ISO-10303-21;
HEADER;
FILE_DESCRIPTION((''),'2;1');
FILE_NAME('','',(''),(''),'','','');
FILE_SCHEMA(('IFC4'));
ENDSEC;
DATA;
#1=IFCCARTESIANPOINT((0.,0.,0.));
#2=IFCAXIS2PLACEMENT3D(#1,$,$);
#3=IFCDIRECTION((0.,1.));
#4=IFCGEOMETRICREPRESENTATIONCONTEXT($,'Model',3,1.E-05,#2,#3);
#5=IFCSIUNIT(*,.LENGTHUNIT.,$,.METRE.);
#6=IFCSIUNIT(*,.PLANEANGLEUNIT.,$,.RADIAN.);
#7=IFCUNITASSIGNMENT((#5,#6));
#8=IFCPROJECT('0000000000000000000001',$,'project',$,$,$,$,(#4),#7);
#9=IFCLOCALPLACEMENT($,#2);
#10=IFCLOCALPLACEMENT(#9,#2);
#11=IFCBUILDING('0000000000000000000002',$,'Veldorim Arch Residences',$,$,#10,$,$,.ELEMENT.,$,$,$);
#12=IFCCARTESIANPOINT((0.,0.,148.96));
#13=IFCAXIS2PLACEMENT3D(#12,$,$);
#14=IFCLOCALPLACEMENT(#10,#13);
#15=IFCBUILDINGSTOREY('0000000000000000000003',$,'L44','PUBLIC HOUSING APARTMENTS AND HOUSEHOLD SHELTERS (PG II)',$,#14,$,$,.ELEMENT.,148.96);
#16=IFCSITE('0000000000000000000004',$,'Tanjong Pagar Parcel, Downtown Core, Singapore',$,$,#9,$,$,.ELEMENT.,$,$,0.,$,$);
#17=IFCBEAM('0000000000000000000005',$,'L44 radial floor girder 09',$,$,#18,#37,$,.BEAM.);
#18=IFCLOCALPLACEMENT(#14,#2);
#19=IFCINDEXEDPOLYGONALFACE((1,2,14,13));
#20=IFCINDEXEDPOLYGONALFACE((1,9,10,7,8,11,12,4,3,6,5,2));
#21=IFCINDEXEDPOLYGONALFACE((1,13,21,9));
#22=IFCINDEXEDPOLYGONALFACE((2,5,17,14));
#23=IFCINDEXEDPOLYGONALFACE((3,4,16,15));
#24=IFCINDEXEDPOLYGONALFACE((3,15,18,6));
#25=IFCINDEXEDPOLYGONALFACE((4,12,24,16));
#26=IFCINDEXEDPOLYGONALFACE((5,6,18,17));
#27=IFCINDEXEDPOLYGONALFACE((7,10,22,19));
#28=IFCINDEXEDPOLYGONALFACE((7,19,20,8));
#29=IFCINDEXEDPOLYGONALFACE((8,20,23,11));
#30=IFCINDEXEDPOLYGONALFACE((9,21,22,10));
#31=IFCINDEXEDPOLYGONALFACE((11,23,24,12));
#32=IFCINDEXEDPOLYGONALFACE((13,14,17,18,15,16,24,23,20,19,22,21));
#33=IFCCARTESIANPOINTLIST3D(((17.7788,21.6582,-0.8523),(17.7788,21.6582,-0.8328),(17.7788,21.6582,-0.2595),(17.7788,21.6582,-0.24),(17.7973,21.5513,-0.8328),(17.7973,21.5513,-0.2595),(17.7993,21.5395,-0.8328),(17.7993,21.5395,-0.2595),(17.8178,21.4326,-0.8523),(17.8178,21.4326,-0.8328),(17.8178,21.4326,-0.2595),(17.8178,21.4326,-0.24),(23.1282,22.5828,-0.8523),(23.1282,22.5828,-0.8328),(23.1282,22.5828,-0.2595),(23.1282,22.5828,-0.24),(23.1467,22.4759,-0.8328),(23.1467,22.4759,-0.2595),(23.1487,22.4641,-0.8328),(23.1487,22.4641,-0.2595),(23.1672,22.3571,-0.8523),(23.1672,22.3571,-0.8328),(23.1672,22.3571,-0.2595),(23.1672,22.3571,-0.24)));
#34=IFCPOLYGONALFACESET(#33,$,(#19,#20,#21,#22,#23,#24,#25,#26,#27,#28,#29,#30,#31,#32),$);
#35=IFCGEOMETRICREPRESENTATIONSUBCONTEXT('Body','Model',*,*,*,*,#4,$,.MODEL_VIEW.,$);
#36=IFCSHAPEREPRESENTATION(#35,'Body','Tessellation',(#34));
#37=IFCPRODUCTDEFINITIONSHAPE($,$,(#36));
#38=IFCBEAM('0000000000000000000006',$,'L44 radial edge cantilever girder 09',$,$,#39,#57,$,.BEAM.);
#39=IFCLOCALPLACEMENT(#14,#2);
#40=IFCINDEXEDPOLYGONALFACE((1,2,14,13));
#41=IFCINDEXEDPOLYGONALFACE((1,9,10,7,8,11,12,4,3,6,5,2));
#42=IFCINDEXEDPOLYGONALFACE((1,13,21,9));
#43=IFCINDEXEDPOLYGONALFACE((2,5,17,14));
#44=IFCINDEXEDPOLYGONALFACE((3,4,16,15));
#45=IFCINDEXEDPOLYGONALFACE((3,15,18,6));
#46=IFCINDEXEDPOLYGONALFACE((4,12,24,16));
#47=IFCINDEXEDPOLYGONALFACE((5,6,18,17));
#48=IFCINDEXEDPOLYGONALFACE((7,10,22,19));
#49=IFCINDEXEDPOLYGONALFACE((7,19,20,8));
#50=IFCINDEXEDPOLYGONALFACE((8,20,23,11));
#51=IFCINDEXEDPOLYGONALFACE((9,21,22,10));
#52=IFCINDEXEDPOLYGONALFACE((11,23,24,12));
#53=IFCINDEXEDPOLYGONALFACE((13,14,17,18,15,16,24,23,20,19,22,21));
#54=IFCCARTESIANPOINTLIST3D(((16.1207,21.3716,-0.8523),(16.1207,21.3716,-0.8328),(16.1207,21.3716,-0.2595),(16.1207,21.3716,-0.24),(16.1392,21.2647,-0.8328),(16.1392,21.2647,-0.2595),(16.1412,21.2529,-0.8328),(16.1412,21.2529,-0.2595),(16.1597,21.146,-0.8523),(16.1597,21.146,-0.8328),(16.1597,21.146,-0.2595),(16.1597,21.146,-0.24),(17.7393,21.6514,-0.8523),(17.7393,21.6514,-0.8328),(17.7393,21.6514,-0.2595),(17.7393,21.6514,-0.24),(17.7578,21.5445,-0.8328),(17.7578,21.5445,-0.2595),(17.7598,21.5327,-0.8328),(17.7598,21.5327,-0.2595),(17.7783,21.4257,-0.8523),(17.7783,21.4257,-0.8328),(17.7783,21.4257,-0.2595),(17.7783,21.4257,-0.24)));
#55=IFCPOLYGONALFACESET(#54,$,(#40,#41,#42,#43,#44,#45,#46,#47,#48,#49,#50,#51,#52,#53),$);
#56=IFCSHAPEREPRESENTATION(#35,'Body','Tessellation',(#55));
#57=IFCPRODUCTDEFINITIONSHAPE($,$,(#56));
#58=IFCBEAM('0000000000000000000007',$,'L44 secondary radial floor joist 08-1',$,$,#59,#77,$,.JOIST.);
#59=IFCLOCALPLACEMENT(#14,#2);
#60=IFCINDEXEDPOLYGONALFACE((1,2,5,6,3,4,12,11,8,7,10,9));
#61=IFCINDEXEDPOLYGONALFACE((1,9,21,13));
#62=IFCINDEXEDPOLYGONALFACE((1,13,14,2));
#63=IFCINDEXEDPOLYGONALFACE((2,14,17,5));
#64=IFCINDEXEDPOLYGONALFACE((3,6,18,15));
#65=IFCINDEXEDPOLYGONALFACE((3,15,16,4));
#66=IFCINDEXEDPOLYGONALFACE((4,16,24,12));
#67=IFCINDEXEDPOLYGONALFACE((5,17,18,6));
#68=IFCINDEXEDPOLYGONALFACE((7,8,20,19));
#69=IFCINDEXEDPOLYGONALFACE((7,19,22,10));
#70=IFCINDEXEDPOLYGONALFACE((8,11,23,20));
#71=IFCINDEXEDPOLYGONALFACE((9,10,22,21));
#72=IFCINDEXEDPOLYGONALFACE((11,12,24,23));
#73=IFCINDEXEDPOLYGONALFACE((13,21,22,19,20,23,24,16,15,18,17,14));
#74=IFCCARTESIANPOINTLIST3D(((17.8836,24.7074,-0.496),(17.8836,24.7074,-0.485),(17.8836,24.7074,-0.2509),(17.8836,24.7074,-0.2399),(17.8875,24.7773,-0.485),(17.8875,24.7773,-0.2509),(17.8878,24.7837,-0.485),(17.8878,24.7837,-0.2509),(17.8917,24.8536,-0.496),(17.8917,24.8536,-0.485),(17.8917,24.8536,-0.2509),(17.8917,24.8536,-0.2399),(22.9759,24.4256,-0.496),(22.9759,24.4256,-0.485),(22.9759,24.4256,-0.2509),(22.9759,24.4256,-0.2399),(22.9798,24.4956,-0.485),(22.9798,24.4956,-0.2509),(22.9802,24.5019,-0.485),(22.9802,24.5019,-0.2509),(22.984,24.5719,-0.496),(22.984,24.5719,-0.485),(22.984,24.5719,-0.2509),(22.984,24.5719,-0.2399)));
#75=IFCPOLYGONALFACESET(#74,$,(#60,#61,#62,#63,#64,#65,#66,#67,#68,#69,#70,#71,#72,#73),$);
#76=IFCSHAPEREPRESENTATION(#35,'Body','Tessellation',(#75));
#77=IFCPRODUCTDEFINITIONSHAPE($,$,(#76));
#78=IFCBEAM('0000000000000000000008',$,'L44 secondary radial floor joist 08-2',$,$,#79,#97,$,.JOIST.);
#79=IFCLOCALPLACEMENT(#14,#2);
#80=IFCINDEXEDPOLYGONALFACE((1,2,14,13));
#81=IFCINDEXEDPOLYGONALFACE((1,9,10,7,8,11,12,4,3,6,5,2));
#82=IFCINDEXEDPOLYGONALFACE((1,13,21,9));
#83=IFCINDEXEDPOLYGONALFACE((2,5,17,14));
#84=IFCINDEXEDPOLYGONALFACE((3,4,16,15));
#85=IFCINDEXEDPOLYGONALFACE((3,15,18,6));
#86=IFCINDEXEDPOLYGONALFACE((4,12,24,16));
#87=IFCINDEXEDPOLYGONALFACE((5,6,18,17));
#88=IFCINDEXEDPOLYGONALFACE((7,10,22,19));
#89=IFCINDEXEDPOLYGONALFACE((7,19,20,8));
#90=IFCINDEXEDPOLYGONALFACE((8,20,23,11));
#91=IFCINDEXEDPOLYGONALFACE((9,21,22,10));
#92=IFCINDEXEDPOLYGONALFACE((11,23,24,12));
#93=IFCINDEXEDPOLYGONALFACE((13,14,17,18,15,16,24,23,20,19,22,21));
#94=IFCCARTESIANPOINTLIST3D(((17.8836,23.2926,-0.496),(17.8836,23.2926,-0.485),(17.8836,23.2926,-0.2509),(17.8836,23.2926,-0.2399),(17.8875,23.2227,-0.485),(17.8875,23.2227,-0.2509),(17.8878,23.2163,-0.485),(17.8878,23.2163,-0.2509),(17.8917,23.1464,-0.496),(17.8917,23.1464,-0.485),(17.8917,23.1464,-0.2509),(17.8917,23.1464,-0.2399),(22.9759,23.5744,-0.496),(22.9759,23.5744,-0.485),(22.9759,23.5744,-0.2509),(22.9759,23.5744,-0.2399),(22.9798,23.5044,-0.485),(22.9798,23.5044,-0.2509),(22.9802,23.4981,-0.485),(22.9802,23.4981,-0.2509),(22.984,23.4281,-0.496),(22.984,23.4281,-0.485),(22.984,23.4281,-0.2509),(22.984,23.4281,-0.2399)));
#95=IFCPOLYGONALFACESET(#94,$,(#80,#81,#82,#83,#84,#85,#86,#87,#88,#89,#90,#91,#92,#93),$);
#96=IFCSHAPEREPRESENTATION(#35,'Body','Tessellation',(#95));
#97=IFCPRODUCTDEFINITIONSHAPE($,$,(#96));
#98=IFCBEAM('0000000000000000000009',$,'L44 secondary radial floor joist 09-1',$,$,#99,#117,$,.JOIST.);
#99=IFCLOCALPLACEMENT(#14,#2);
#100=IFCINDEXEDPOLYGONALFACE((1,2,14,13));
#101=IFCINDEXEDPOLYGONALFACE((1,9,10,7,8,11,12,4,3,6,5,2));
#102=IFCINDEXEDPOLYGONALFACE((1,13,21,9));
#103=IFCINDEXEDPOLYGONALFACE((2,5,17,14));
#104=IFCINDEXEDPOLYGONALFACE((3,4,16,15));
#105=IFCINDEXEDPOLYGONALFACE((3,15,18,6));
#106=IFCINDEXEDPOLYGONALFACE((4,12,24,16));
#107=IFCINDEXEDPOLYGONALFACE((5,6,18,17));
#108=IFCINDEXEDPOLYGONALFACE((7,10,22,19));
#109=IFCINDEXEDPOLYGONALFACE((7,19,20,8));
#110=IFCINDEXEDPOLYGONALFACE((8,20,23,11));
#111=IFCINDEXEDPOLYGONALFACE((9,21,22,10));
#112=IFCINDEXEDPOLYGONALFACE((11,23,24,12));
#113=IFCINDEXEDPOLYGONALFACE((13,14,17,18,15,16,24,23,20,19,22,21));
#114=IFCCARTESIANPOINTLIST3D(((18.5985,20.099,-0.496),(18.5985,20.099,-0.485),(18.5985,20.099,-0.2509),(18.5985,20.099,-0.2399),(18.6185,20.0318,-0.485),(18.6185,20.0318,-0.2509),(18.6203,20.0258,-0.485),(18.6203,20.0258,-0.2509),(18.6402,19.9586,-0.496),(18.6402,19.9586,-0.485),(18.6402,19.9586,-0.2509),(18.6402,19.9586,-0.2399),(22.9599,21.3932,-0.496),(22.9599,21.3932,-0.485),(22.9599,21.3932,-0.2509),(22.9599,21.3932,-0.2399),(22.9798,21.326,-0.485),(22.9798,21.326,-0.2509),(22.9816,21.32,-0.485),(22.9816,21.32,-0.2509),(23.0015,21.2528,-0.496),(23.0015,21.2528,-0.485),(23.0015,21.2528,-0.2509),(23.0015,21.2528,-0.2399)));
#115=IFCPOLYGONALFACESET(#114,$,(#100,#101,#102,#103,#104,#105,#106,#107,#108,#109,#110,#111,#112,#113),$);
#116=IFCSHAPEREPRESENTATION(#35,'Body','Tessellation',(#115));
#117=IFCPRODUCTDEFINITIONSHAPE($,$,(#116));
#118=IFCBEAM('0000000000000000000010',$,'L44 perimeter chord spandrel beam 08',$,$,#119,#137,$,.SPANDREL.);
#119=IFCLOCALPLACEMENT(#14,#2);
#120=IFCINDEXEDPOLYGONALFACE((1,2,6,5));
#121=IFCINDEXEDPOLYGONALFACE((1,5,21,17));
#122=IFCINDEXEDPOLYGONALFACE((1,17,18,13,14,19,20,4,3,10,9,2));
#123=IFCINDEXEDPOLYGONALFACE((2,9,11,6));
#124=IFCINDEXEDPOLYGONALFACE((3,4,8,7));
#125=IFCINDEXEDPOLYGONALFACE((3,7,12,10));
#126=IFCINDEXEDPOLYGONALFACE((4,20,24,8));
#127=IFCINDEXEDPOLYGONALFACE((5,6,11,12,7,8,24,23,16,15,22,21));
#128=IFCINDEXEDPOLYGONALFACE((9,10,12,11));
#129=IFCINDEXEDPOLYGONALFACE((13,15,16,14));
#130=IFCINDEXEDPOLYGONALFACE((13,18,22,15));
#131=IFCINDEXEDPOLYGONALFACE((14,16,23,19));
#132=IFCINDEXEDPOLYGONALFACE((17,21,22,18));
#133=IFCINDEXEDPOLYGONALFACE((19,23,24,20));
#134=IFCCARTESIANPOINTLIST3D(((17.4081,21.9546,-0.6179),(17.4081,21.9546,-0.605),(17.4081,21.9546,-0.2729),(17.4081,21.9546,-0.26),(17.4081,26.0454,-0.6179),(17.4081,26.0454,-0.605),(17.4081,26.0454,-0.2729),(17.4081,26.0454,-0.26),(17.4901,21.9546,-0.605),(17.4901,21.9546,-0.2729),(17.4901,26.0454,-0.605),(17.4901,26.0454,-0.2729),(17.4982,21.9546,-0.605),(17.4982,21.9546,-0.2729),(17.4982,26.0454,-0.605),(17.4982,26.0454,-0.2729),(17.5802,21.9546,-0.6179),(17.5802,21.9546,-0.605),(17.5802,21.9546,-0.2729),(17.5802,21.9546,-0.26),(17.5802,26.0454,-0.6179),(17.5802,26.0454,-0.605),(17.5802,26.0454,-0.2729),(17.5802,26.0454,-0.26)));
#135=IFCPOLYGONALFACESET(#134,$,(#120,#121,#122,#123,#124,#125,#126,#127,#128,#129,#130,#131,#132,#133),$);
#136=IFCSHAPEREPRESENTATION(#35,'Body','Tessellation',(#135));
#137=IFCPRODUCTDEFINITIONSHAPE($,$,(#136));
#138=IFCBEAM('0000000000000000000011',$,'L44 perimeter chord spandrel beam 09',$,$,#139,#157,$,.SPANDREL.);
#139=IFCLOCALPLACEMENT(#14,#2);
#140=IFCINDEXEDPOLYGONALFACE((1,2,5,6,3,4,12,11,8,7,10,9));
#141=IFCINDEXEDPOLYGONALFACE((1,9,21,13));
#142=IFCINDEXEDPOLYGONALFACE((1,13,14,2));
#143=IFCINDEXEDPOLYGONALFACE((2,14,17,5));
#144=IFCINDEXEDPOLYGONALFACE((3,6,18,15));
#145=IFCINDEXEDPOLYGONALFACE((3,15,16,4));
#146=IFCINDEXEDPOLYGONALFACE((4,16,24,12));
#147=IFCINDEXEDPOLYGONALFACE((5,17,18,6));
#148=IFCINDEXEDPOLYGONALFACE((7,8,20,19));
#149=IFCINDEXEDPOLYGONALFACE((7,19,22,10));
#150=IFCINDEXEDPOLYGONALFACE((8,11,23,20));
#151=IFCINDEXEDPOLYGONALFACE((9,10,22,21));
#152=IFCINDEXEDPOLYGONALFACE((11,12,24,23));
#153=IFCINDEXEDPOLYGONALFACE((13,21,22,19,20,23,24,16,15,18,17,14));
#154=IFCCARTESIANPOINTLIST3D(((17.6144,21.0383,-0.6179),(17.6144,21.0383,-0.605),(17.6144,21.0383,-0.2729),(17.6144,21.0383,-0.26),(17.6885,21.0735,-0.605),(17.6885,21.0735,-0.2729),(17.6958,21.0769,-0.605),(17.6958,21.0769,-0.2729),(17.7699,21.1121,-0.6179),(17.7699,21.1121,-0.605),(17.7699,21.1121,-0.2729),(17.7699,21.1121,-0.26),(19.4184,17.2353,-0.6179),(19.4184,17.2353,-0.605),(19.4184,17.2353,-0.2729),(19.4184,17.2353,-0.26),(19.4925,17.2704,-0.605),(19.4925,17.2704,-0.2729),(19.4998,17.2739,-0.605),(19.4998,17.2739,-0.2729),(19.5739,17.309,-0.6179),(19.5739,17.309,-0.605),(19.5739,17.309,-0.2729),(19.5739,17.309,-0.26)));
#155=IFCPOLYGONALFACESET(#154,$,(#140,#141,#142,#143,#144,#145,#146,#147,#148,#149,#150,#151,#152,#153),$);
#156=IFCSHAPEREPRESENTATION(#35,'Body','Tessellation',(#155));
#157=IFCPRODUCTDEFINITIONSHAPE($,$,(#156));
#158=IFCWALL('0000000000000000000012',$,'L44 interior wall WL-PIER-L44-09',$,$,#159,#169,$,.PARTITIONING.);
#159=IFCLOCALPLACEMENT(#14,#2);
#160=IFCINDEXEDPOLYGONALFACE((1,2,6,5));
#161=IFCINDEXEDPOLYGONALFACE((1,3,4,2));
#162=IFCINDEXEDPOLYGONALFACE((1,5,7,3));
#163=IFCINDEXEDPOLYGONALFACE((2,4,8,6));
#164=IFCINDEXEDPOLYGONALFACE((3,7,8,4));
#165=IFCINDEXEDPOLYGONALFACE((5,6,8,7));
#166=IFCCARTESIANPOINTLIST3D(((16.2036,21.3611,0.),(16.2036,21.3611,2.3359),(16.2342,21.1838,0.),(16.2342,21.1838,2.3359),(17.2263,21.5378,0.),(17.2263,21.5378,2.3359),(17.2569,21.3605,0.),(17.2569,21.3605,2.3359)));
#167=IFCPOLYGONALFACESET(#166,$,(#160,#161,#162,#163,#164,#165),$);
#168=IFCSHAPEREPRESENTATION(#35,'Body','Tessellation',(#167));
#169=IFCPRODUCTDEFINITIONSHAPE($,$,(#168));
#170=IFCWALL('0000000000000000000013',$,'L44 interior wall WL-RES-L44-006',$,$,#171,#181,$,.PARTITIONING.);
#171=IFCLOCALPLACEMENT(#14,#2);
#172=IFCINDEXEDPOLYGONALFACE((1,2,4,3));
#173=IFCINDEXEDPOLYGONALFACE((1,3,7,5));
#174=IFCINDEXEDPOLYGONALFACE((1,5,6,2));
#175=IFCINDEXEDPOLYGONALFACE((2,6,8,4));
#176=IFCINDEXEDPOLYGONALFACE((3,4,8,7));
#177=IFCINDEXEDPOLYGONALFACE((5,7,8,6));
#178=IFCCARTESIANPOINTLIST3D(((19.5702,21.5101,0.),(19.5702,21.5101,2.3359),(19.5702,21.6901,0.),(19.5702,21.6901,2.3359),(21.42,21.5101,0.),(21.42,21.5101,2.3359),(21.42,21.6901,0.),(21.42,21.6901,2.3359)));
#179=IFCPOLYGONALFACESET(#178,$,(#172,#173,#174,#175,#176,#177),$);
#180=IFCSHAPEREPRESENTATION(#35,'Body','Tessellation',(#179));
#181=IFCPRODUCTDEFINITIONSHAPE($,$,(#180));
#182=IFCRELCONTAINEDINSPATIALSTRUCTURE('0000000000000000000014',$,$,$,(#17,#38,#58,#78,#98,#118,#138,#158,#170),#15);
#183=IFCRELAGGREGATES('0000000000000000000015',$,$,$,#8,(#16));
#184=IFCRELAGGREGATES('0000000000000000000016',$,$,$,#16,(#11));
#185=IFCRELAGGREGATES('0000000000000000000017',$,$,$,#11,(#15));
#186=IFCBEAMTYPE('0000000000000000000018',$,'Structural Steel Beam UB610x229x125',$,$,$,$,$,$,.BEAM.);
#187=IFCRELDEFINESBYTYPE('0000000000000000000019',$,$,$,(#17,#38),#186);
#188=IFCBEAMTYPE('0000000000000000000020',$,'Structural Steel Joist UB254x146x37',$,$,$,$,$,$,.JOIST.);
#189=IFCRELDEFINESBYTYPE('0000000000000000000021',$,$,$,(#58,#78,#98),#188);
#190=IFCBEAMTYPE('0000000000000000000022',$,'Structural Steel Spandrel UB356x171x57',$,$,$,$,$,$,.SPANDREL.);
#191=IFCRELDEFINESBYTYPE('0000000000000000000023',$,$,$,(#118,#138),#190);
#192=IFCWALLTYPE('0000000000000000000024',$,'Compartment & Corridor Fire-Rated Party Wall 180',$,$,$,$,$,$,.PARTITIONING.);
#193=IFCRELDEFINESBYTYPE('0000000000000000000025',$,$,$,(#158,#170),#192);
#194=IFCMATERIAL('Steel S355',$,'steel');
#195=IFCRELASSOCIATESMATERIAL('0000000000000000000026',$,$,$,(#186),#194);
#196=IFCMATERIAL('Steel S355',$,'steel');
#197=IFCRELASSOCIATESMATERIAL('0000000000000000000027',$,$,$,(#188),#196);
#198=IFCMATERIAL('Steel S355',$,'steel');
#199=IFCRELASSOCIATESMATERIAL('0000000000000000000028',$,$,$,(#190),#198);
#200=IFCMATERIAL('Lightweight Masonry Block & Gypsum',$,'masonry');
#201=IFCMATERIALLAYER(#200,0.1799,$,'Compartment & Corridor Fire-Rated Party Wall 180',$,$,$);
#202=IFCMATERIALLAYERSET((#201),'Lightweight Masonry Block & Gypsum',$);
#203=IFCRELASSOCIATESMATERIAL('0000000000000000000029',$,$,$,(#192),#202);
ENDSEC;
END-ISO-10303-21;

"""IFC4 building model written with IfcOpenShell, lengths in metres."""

from ifc_helpers import new_model, si_unit, direction, frame, frame_2d, origin, origin_2d, place, context, subcontext, project, spatial, rectangle, i_section, extrude, material, layer, layer_set, material_profile, profile_set, type_object, element, save


model = new_model("IFC4")

# Units and contexts
model_context = context("Model", 3, precision=1e-05, world=origin(), true_north=direction((0.0, 1.0)))
body_context = subcontext(model_context, "Body", "Model", "MODEL_VIEW")
ifc_project = project(units=[si_unit("LENGTHUNIT", "METRE"), si_unit("PLANEANGLEUNIT", "RADIAN")], contexts=[model_context])

# Site, building, storey
site_placement = place(None, origin())
site = spatial("IfcSite", under=ifc_project, at=site_placement, Name="Tanjong Pagar Parcel, Downtown Core, Singapore", CompositionType="ELEMENT", RefElevation=0.0)
building_placement = place(site_placement, origin())
building = spatial("IfcBuilding", under=site, at=building_placement, Name="Veldorim Arch Residences", CompositionType="ELEMENT")
storey_placement = place(building_placement, frame((0.0, 0.0, 148.96)))
storey = spatial("IfcBuildingStorey", under=building, at=storey_placement, Name="L44", Description="PUBLIC HOUSING APARTMENTS AND HOUSEHOLD SHELTERS (PG II)", CompositionType="ELEMENT", Elevation=148.96)

# Beams
ifc_material_1 = material(Name="Steel S355", Category="steel")
ifc_material_profile_1 = material_profile(ifc_material_1, i_section(OverallWidth=0.229, OverallDepth=0.6123, WebThickness=0.012, FlangeThickness=0.0195, at=origin_2d()), Name="UB610x229x125")
ifc_profile_set_1 = profile_set([ifc_material_profile_1], Name="Steel S355")
beam_type_1 = type_object("IfcBeamType", Name="Structural Steel Beam UB610x229x125", PredefinedType="BEAM", material=ifc_profile_set_1)
beam_1_placement = place(storey_placement, frame((23.1477, 22.47, -0.5461), z_axis=(-0.98539, -0.170311, 0.0), x_axis=(0.170311, -0.98539, 0.0)))
element("IfcBeam", 1, at=beam_1_placement, inside=storey, type_object=beam_type_1, Name="L44 radial floor girder 09", PredefinedType="BEAM", context=body_context, shape_type="SweptSolid", body=[
    extrude(i_section(OverallWidth=0.229, OverallDepth=0.6123, WebThickness=0.012, FlangeThickness=0.0195, at=origin_2d()), origin(), (0.0, 0.0, 1.0), 5.4287),
])
beam_2_placement = place(storey_placement, frame((17.7588, 21.5386, -0.5461), z_axis=(-0.985388, -0.170325, 0.0), x_axis=(0.170325, -0.985388, 0.0)))
element("IfcBeam", 2, at=beam_2_placement, inside=storey, type_object=beam_type_1, Name="L44 radial edge cantilever girder 09", PredefinedType="BEAM", context=body_context, shape_type="SweptSolid", body=[
    extrude(i_section(OverallWidth=0.229, OverallDepth=0.6123, WebThickness=0.012, FlangeThickness=0.0195, at=origin_2d()), origin(), (0.0, 0.0, 1.0), 1.6426),
])
ifc_material_2 = material(Name="Steel S355", Category="steel")
ifc_material_profile_2 = material_profile(ifc_material_2, i_section(OverallWidth=0.1465, OverallDepth=0.2561, WebThickness=0.0063, FlangeThickness=0.011, at=origin_2d()), Name="UB254x146x37")
ifc_profile_set_2 = profile_set([ifc_material_profile_2], Name="Steel S355")
beam_type_2 = type_object("IfcBeamType", Name="Structural Steel Joist UB254x146x37", PredefinedType="JOIST", material=ifc_profile_set_2)
for number, where, z_axis, x_axis, name in (
    (3, (22.98, 24.4988, -0.3679), (-0.998473, 0.055242, 0.0), (-0.055242, -0.998473, 0.0), "L44 secondary radial floor joist 08-1"),
    (4, (22.98, 23.5012, -0.3679), (-0.998473, -0.055242, 0.0), (0.055242, -0.998473, 0.0), "L44 secondary radial floor joist 08-2"),
):
    element("IfcBeam", number, at=place(storey_placement, frame(where, z_axis=z_axis, x_axis=x_axis)), inside=storey, type_object=beam_type_2, Name=name, PredefinedType="JOIST", context=body_context, shape_type="SweptSolid", body=[
        extrude(i_section(OverallWidth=0.1465, OverallDepth=0.2561, WebThickness=0.0063, FlangeThickness=0.011, at=origin_2d()), origin(), (0.0, 0.0, 1.0), 5.1001),
    ])
beam_3_placement = place(storey_placement, frame((22.9807, 21.323, -0.3679), z_axis=(-0.958682, -0.284481, 0.0), x_axis=(0.284481, -0.958682, 0.0)))
element("IfcBeam", 5, at=beam_3_placement, inside=storey, type_object=beam_type_2, Name="L44 secondary radial floor joist 09-1", PredefinedType="JOIST", context=body_context, shape_type="SweptSolid", body=[
    extrude(i_section(OverallWidth=0.1465, OverallDepth=0.2561, WebThickness=0.0063, FlangeThickness=0.011, at=origin_2d()), origin(), (0.0, 0.0, 1.0), 4.5493),
])
ifc_material_3 = material(Name="Steel S355", Category="steel")
ifc_material_profile_3 = material_profile(ifc_material_3, i_section(OverallWidth=0.1721, OverallDepth=0.3579, WebThickness=0.0081, FlangeThickness=0.0129, at=origin_2d()), Name="UB356x171x57")
ifc_profile_set_3 = profile_set([ifc_material_profile_3], Name="Steel S355")
beam_type_3 = type_object("IfcBeamType", Name="Structural Steel Spandrel UB356x171x57", PredefinedType="SPANDREL", material=ifc_profile_set_3)
beam_4_placement = place(storey_placement, frame((17.4941, 26.0454, -0.439), z_axis=(0.0, -1.0, 0.0), x_axis=(1.0, 0.0, 0.0)))
element("IfcBeam", 6, at=beam_4_placement, inside=storey, type_object=beam_type_3, Name="L44 perimeter chord spandrel beam 08", PredefinedType="SPANDREL", context=body_context, shape_type="SweptSolid", body=[
    extrude(i_section(OverallWidth=0.1721, OverallDepth=0.3579, WebThickness=0.0081, FlangeThickness=0.0129, at=origin_2d()), origin(), (0.0, 0.0, 1.0), 4.0908),
])
beam_5_placement = place(storey_placement, frame((17.6921, 21.0752, -0.439), z_axis=(0.42858, -0.903504, 0.0), x_axis=(0.903504, 0.42858, 0.0)))
element("IfcBeam", 7, at=beam_5_placement, inside=storey, type_object=beam_type_3, Name="L44 perimeter chord spandrel beam 09", PredefinedType="SPANDREL", context=body_context, shape_type="SweptSolid", body=[
    extrude(i_section(OverallWidth=0.1721, OverallDepth=0.3579, WebThickness=0.0081, FlangeThickness=0.0129, at=origin_2d()), origin(), (0.0, 0.0, 1.0), 4.2092),
])

# Walls
ifc_material_4 = material(Name="Lightweight Masonry Block & Gypsum", Category="masonry")
ifc_layer_1 = layer(ifc_material_4, 0.1799, Name="Compartment & Corridor Fire-Rated Party Wall 180")
ifc_layer_set_1 = layer_set([ifc_layer_1], Name="Lightweight Masonry Block & Gypsum")
wall_type_1 = type_object("IfcWallType", Name="Compartment & Corridor Fire-Rated Party Wall 180", PredefinedType="PARTITIONING", material=ifc_layer_set_1)
wall_1_placement = place(storey_placement, frame((17.2417, 21.4492, 0.0), z_axis=(0.0, 0.0, 1.0), x_axis=(-0.985391, -0.170309, 0.0)))
element("IfcWall", 8, at=wall_1_placement, inside=storey, type_object=wall_type_1, Name="L44 interior wall WL-PIER-L44-09", PredefinedType="PARTITIONING", context=body_context, shape_type="SweptSolid", body=[
    extrude(rectangle(XDim=1.0378, YDim=0.1799, at=frame_2d((0.519, 0.0))), origin(), (0.0, 0.0, 1.0), 2.3359),
])
wall_2_placement = place(storey_placement, frame((21.4199, 21.6001, 0.0), z_axis=(0.0, 0.0, 1.0), x_axis=(-1.0, 0.0, 0.0)))
element("IfcWall", 9, at=wall_2_placement, inside=storey, type_object=wall_type_1, Name="L44 interior wall WL-RES-L44-006", PredefinedType="PARTITIONING", context=body_context, shape_type="SweptSolid", body=[
    extrude(rectangle(XDim=1.8499, YDim=0.1799, at=frame_2d((0.9248, 0.0))), origin(), (0.0, 0.0, 1.0), 2.3359),
])

save(model, "model.ifc")
